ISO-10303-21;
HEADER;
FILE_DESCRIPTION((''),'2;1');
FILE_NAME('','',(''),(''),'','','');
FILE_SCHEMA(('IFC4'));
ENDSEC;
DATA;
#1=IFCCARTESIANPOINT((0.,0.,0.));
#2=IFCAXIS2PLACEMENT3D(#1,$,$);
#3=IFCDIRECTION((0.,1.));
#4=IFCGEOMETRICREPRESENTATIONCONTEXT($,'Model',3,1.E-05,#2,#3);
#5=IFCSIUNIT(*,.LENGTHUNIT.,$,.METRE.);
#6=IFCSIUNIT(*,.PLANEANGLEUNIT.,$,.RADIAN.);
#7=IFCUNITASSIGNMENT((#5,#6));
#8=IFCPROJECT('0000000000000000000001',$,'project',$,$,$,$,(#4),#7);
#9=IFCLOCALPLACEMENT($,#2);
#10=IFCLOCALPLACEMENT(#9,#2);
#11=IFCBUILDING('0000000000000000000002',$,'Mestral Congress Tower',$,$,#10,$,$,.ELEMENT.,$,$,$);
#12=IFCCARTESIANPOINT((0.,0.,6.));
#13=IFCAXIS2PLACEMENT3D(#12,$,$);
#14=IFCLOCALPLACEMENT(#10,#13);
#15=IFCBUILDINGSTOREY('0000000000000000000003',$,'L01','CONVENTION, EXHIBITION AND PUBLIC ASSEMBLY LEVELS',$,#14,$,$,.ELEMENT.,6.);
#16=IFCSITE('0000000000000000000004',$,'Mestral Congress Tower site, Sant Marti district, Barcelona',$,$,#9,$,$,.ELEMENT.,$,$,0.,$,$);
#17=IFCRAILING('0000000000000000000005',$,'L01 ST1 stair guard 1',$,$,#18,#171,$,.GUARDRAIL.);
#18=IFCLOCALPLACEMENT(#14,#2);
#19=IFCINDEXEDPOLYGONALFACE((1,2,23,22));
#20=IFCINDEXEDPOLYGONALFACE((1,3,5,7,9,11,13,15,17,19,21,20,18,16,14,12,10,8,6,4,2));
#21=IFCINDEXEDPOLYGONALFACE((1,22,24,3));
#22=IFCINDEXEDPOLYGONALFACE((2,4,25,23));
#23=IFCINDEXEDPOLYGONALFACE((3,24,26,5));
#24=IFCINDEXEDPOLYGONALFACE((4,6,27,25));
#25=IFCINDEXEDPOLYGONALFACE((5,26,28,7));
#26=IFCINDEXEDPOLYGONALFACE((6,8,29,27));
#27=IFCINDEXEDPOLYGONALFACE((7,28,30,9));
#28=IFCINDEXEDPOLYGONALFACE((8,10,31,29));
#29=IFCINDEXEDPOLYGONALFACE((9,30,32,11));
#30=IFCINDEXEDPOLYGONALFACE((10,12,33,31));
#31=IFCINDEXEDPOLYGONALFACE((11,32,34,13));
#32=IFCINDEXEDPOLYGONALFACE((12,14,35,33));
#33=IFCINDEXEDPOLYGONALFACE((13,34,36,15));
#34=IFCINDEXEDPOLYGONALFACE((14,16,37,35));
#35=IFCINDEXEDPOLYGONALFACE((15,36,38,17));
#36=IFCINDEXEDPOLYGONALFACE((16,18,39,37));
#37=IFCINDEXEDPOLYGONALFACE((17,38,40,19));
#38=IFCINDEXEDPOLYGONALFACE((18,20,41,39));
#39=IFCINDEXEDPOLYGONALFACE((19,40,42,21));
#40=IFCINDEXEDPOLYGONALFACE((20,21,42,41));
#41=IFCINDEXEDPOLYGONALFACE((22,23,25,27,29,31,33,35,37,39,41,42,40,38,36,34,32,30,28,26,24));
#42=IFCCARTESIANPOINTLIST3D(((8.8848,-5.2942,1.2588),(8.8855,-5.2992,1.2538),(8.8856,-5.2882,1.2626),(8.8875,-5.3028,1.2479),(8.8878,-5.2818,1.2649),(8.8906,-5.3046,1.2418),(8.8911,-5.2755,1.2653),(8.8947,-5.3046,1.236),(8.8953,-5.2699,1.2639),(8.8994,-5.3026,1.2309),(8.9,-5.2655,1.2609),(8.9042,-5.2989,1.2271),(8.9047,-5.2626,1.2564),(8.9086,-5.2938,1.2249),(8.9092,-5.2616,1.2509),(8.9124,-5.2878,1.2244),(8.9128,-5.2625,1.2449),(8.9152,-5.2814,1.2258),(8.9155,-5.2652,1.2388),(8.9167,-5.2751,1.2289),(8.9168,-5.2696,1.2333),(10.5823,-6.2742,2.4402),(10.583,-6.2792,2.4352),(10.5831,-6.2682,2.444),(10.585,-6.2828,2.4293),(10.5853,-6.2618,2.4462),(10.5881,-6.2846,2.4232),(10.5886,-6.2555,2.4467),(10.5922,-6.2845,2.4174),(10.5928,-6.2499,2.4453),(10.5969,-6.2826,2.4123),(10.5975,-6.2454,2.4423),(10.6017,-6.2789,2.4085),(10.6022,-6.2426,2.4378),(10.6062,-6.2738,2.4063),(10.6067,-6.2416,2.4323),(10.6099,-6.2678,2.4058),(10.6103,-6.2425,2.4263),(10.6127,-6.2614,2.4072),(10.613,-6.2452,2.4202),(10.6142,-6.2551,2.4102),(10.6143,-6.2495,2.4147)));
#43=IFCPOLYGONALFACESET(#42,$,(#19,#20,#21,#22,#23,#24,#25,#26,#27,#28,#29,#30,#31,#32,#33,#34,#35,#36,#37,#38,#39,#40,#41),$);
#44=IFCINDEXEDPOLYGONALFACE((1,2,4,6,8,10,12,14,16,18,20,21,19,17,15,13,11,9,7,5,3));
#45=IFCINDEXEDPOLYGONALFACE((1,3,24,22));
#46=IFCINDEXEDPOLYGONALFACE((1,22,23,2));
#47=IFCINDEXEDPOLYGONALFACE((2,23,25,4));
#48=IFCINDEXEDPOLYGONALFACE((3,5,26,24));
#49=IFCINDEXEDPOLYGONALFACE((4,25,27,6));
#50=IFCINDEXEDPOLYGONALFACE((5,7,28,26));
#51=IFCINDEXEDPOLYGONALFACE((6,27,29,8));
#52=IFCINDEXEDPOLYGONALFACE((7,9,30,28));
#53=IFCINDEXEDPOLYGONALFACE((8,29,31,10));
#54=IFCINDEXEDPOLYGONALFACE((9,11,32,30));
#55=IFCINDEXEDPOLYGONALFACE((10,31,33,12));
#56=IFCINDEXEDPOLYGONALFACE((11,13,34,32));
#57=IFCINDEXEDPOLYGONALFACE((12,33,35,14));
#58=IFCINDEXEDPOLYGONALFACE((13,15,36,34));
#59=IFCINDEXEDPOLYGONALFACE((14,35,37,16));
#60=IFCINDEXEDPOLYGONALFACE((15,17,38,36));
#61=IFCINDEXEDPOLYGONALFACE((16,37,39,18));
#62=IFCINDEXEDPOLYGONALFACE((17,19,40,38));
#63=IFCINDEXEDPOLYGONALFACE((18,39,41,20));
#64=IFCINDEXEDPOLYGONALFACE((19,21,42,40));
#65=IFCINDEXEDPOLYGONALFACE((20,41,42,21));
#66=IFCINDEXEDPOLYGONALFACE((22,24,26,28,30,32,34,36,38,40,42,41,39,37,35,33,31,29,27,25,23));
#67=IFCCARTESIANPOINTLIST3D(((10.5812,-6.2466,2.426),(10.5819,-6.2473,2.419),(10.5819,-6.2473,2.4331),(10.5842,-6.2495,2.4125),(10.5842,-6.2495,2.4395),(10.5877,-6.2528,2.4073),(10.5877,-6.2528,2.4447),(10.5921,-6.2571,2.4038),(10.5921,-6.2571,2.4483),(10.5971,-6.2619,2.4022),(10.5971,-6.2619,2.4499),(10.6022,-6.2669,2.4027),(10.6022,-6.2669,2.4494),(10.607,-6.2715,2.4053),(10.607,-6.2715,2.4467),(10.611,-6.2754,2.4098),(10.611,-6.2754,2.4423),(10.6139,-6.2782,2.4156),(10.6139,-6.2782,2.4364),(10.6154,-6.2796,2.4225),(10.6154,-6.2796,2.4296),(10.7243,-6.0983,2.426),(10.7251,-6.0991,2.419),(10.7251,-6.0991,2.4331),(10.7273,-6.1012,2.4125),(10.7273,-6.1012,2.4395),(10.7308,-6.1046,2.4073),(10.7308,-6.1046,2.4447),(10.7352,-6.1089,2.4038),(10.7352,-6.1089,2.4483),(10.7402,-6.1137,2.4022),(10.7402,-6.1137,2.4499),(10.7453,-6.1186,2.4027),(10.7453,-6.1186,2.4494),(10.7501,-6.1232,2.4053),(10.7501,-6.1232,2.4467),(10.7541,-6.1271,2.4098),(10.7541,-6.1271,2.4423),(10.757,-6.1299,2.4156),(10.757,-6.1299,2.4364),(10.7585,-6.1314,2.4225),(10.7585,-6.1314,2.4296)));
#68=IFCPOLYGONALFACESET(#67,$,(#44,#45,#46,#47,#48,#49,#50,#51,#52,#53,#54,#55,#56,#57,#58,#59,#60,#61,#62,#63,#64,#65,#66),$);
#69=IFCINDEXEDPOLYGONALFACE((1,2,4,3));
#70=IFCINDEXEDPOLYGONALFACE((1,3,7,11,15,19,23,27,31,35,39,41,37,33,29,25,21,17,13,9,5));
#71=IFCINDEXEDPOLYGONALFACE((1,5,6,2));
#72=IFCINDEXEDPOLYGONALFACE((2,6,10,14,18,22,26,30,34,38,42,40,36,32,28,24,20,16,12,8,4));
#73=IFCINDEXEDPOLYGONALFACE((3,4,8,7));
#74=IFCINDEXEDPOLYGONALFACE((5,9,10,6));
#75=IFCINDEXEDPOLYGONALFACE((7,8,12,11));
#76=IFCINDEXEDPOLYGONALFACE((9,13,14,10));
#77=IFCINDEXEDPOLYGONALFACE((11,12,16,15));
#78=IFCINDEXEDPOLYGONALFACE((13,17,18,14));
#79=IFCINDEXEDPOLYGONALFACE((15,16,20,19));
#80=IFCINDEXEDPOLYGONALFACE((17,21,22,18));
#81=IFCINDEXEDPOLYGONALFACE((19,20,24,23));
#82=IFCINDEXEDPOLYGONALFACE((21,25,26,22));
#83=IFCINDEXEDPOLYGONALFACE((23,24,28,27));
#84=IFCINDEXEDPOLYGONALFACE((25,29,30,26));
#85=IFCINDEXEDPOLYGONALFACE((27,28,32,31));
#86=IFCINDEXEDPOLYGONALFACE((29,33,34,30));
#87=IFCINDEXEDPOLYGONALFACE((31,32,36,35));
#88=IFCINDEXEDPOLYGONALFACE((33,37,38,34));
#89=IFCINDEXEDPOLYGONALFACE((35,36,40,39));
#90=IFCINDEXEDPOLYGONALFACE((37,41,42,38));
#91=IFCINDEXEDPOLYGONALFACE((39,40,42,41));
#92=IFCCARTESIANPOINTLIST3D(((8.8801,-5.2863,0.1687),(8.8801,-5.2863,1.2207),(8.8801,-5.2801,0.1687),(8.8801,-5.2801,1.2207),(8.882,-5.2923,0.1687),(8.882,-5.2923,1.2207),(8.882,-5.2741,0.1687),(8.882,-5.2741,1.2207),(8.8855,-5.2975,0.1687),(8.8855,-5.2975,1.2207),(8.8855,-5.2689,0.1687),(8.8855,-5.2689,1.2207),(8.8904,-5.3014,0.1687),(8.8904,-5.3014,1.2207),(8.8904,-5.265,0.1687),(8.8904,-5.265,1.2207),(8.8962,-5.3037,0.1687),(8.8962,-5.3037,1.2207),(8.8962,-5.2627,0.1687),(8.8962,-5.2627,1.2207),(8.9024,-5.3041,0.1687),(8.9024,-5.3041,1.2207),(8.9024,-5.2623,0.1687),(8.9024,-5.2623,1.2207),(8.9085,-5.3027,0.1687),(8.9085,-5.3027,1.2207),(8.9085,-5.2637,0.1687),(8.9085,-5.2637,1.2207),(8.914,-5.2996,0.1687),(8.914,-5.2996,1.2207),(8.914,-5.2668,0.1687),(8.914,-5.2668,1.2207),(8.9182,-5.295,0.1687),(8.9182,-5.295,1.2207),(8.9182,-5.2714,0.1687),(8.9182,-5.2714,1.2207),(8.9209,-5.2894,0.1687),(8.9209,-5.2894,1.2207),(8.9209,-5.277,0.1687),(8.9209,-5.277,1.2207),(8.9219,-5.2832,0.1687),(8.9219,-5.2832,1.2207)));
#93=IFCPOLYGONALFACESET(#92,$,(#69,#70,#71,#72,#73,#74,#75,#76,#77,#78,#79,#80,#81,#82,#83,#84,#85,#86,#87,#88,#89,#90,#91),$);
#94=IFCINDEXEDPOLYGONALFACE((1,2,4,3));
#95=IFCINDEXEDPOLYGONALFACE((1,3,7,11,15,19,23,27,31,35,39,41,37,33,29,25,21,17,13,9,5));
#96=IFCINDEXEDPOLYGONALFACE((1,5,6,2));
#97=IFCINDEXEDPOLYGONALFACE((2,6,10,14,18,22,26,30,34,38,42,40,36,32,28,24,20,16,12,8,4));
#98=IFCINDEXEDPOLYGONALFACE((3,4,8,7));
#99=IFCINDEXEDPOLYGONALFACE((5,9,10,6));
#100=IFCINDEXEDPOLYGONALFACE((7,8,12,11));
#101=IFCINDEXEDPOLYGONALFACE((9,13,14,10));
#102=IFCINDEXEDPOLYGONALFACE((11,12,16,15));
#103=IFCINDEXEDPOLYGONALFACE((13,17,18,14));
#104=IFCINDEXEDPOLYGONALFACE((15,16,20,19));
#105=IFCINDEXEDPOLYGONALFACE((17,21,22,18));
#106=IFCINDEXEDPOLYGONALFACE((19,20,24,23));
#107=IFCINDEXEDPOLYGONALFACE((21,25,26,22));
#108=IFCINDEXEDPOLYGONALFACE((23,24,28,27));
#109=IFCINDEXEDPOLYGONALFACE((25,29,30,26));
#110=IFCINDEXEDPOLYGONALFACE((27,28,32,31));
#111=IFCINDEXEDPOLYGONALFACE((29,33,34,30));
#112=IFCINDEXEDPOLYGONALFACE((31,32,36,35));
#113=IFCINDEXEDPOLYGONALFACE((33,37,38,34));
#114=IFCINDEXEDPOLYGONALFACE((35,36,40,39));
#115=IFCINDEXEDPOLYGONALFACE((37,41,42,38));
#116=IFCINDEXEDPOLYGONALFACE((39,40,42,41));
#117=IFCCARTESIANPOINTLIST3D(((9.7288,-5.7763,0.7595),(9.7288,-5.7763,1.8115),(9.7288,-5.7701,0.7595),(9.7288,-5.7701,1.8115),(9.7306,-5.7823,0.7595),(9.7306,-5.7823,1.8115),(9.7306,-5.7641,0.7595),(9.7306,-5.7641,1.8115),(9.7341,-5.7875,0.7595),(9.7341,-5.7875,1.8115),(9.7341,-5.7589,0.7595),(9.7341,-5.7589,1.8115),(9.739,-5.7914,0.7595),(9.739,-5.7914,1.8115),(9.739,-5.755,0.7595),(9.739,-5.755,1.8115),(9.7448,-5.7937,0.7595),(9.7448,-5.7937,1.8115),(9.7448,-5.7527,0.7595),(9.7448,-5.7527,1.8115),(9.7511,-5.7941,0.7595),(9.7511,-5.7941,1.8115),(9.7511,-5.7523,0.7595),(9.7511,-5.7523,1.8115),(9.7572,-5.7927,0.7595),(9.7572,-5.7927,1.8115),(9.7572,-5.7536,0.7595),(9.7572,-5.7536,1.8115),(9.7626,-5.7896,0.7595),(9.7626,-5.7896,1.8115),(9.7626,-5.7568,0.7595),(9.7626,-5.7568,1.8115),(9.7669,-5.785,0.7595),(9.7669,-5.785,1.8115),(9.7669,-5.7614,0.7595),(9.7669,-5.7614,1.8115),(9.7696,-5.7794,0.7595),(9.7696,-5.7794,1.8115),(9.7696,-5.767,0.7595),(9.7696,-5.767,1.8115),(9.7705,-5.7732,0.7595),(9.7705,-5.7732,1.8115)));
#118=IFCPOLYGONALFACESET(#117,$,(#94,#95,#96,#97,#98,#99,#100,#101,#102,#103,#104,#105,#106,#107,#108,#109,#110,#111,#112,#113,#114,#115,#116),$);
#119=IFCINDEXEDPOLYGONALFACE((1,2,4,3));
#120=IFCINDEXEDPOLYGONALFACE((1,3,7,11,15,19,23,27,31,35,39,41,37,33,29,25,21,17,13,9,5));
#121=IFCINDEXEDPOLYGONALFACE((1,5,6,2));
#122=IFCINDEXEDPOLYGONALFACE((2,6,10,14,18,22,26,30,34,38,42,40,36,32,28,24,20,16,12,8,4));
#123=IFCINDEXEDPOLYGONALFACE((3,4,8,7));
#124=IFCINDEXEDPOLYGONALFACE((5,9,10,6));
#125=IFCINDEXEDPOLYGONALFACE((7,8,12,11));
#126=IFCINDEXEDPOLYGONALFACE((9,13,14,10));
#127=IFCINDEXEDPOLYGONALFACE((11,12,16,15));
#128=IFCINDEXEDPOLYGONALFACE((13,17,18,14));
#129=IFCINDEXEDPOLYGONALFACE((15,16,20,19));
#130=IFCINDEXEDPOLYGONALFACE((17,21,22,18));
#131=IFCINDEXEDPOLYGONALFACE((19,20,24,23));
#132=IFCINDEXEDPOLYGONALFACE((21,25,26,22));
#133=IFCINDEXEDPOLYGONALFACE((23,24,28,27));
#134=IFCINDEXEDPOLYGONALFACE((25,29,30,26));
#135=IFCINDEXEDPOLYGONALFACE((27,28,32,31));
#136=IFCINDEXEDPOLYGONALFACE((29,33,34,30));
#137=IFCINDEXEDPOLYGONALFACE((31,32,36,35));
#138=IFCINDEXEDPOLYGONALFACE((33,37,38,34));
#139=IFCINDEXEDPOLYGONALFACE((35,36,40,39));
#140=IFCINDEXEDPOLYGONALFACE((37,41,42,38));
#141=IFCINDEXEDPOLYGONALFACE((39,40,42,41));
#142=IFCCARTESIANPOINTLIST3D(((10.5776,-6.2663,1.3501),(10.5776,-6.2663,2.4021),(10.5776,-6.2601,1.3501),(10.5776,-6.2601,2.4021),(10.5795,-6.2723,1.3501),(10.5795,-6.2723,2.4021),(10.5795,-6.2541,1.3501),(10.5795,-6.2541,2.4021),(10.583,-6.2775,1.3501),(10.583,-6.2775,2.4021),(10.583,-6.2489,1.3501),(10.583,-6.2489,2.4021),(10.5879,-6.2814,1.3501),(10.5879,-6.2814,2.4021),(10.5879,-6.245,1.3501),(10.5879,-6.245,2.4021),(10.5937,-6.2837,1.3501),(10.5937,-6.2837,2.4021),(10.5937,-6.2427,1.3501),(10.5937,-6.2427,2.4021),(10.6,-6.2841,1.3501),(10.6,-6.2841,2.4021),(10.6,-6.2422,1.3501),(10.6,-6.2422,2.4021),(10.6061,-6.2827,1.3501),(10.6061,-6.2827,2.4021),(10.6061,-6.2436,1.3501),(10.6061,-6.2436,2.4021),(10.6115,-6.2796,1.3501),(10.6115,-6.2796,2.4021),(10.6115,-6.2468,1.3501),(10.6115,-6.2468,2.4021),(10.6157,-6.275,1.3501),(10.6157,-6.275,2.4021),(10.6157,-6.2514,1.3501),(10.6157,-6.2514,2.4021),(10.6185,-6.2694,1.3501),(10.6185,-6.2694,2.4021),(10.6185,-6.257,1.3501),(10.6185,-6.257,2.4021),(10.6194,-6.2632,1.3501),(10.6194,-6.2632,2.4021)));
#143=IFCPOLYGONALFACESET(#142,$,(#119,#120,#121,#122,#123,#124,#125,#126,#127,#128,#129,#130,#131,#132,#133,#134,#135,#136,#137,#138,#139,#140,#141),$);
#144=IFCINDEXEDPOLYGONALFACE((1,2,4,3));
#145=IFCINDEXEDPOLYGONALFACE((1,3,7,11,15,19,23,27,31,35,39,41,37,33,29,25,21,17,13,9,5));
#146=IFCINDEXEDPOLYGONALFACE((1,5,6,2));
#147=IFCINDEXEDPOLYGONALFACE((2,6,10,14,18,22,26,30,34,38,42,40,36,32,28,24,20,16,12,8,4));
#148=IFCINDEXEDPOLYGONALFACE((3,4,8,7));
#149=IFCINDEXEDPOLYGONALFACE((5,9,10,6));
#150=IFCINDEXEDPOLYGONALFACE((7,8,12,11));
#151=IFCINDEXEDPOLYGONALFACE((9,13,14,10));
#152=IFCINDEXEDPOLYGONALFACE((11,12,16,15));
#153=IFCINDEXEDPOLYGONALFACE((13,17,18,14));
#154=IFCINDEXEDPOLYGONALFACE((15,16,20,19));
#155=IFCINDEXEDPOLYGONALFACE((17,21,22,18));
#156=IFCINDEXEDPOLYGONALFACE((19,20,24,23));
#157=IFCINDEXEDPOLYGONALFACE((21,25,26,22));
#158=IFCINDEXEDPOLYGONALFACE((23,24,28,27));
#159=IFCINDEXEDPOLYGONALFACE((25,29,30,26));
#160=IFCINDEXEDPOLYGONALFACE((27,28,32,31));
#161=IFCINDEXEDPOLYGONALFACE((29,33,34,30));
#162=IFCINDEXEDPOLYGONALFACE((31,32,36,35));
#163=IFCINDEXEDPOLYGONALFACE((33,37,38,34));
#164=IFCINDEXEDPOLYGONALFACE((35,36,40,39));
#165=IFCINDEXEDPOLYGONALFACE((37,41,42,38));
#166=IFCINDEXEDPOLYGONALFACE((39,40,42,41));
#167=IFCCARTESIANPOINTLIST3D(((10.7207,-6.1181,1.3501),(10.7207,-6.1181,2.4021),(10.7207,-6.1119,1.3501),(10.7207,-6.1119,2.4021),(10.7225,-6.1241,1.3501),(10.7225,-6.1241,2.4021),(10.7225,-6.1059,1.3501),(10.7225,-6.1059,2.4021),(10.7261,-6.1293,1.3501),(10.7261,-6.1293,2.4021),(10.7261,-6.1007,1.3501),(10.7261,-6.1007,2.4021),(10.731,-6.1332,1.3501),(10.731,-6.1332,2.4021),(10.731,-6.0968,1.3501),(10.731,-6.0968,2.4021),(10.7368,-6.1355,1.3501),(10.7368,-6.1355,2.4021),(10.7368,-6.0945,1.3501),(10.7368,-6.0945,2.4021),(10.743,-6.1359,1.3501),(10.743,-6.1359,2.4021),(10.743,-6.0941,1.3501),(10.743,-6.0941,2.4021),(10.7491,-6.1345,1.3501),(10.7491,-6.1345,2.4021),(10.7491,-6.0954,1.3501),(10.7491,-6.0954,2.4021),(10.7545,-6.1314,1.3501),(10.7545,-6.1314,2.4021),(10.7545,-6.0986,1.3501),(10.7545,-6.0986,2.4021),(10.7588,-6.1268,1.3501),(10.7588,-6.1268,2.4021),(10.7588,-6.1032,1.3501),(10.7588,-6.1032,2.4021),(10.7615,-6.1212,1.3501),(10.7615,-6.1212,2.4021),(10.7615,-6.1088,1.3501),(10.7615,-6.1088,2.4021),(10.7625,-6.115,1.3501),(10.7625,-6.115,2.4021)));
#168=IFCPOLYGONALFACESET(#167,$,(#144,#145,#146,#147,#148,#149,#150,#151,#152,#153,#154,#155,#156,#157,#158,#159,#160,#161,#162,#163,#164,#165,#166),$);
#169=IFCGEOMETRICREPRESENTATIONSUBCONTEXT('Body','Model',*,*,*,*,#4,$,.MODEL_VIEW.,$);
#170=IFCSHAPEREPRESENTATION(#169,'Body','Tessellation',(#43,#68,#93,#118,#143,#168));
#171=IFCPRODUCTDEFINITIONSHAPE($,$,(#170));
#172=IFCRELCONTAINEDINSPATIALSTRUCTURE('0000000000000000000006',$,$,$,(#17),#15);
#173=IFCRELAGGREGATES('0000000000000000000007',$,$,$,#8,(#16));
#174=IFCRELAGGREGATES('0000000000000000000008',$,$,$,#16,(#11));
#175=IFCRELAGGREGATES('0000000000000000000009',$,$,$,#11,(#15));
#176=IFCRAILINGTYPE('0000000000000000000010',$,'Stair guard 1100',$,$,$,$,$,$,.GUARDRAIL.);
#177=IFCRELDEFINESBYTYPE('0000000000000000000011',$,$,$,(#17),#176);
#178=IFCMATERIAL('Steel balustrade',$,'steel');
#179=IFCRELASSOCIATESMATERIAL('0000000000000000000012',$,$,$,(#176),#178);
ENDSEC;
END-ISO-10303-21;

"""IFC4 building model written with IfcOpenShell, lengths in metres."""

from ifc_helpers import new_model, si_unit, direction, frame, origin, origin_2d, place, context, subcontext, project, spatial, circle, extrude, material, type_object, element, save


model = new_model("IFC4")

# Units and contexts
model_context = context("Model", 3, precision=1e-05, world=origin(), true_north=direction((0.0, 1.0)))
body_context = subcontext(model_context, "Body", "Model", "MODEL_VIEW")
ifc_project = project(units=[si_unit("LENGTHUNIT", "METRE"), si_unit("PLANEANGLEUNIT", "RADIAN")], contexts=[model_context])

# Site, building, storey
site_placement = place(None, origin())
site = spatial("IfcSite", under=ifc_project, at=site_placement, Name="Mestral Congress Tower site, Sant Marti district, Barcelona", CompositionType="ELEMENT", RefElevation=0.0)
building_placement = place(site_placement, origin())
building = spatial("IfcBuilding", under=site, at=building_placement, Name="Mestral Congress Tower", CompositionType="ELEMENT")
storey_placement = place(building_placement, frame((0.0, 0.0, 6.0)))
storey = spatial("IfcBuildingStorey", under=building, at=storey_placement, Name="L01", Description="CONVENTION, EXHIBITION AND PUBLIC ASSEMBLY LEVELS", CompositionType="ELEMENT", Elevation=6.0)

# Railing
ifc_material_1 = material(Name="Steel balustrade", Category="steel")
railing_type_1 = type_object("IfcRailingType", Name="Stair guard 1100", PredefinedType="GUARDRAIL", material=ifc_material_1)
railing_1_placement = place(storey_placement, frame((8.9009, -5.2832, 0.1687)))
element("IfcRailing", 1, at=railing_1_placement, inside=storey, type_object=railing_type_1, Name="L01 ST1 stair guard 1", PredefinedType="GUARDRAIL", context=body_context, shape_type="SweptSolid", body=[
    extrude(circle(Radius=0.0239, at=origin_2d()), frame((0.0, 0.0, 1.0762), z_axis=(0.741731, -0.428205, 0.516214), x_axis=(0.49997, 0.866042, 0.0)), (0.0, 0.0, 1.0), 2.2886),
    extrude(circle(Radius=0.0239, at=origin_2d()), frame((1.6975, -0.98, 2.2573), z_axis=(0.694552, 0.719442, 0.0), x_axis=(-0.719442, 0.694552, 0.0)), (0.0, 0.0, 1.0), 0.2061),
    extrude(circle(Radius=0.021, at=origin_2d()), origin(), (0.0, 0.0, 1.0), 1.052),
    extrude(circle(Radius=0.021, at=origin_2d()), frame((0.8486, -0.49, 0.5908)), (0.0, 0.0, 1.0), 1.052),
    extrude(circle(Radius=0.021, at=origin_2d()), frame((1.6975, -0.98, 1.1814)), (0.0, 0.0, 1.0), 1.052),
    extrude(circle(Radius=0.021, at=origin_2d()), frame((1.8406, -0.8318, 1.1814)), (0.0, 0.0, 1.0), 1.052),
])

save(model, "model.ifc")
